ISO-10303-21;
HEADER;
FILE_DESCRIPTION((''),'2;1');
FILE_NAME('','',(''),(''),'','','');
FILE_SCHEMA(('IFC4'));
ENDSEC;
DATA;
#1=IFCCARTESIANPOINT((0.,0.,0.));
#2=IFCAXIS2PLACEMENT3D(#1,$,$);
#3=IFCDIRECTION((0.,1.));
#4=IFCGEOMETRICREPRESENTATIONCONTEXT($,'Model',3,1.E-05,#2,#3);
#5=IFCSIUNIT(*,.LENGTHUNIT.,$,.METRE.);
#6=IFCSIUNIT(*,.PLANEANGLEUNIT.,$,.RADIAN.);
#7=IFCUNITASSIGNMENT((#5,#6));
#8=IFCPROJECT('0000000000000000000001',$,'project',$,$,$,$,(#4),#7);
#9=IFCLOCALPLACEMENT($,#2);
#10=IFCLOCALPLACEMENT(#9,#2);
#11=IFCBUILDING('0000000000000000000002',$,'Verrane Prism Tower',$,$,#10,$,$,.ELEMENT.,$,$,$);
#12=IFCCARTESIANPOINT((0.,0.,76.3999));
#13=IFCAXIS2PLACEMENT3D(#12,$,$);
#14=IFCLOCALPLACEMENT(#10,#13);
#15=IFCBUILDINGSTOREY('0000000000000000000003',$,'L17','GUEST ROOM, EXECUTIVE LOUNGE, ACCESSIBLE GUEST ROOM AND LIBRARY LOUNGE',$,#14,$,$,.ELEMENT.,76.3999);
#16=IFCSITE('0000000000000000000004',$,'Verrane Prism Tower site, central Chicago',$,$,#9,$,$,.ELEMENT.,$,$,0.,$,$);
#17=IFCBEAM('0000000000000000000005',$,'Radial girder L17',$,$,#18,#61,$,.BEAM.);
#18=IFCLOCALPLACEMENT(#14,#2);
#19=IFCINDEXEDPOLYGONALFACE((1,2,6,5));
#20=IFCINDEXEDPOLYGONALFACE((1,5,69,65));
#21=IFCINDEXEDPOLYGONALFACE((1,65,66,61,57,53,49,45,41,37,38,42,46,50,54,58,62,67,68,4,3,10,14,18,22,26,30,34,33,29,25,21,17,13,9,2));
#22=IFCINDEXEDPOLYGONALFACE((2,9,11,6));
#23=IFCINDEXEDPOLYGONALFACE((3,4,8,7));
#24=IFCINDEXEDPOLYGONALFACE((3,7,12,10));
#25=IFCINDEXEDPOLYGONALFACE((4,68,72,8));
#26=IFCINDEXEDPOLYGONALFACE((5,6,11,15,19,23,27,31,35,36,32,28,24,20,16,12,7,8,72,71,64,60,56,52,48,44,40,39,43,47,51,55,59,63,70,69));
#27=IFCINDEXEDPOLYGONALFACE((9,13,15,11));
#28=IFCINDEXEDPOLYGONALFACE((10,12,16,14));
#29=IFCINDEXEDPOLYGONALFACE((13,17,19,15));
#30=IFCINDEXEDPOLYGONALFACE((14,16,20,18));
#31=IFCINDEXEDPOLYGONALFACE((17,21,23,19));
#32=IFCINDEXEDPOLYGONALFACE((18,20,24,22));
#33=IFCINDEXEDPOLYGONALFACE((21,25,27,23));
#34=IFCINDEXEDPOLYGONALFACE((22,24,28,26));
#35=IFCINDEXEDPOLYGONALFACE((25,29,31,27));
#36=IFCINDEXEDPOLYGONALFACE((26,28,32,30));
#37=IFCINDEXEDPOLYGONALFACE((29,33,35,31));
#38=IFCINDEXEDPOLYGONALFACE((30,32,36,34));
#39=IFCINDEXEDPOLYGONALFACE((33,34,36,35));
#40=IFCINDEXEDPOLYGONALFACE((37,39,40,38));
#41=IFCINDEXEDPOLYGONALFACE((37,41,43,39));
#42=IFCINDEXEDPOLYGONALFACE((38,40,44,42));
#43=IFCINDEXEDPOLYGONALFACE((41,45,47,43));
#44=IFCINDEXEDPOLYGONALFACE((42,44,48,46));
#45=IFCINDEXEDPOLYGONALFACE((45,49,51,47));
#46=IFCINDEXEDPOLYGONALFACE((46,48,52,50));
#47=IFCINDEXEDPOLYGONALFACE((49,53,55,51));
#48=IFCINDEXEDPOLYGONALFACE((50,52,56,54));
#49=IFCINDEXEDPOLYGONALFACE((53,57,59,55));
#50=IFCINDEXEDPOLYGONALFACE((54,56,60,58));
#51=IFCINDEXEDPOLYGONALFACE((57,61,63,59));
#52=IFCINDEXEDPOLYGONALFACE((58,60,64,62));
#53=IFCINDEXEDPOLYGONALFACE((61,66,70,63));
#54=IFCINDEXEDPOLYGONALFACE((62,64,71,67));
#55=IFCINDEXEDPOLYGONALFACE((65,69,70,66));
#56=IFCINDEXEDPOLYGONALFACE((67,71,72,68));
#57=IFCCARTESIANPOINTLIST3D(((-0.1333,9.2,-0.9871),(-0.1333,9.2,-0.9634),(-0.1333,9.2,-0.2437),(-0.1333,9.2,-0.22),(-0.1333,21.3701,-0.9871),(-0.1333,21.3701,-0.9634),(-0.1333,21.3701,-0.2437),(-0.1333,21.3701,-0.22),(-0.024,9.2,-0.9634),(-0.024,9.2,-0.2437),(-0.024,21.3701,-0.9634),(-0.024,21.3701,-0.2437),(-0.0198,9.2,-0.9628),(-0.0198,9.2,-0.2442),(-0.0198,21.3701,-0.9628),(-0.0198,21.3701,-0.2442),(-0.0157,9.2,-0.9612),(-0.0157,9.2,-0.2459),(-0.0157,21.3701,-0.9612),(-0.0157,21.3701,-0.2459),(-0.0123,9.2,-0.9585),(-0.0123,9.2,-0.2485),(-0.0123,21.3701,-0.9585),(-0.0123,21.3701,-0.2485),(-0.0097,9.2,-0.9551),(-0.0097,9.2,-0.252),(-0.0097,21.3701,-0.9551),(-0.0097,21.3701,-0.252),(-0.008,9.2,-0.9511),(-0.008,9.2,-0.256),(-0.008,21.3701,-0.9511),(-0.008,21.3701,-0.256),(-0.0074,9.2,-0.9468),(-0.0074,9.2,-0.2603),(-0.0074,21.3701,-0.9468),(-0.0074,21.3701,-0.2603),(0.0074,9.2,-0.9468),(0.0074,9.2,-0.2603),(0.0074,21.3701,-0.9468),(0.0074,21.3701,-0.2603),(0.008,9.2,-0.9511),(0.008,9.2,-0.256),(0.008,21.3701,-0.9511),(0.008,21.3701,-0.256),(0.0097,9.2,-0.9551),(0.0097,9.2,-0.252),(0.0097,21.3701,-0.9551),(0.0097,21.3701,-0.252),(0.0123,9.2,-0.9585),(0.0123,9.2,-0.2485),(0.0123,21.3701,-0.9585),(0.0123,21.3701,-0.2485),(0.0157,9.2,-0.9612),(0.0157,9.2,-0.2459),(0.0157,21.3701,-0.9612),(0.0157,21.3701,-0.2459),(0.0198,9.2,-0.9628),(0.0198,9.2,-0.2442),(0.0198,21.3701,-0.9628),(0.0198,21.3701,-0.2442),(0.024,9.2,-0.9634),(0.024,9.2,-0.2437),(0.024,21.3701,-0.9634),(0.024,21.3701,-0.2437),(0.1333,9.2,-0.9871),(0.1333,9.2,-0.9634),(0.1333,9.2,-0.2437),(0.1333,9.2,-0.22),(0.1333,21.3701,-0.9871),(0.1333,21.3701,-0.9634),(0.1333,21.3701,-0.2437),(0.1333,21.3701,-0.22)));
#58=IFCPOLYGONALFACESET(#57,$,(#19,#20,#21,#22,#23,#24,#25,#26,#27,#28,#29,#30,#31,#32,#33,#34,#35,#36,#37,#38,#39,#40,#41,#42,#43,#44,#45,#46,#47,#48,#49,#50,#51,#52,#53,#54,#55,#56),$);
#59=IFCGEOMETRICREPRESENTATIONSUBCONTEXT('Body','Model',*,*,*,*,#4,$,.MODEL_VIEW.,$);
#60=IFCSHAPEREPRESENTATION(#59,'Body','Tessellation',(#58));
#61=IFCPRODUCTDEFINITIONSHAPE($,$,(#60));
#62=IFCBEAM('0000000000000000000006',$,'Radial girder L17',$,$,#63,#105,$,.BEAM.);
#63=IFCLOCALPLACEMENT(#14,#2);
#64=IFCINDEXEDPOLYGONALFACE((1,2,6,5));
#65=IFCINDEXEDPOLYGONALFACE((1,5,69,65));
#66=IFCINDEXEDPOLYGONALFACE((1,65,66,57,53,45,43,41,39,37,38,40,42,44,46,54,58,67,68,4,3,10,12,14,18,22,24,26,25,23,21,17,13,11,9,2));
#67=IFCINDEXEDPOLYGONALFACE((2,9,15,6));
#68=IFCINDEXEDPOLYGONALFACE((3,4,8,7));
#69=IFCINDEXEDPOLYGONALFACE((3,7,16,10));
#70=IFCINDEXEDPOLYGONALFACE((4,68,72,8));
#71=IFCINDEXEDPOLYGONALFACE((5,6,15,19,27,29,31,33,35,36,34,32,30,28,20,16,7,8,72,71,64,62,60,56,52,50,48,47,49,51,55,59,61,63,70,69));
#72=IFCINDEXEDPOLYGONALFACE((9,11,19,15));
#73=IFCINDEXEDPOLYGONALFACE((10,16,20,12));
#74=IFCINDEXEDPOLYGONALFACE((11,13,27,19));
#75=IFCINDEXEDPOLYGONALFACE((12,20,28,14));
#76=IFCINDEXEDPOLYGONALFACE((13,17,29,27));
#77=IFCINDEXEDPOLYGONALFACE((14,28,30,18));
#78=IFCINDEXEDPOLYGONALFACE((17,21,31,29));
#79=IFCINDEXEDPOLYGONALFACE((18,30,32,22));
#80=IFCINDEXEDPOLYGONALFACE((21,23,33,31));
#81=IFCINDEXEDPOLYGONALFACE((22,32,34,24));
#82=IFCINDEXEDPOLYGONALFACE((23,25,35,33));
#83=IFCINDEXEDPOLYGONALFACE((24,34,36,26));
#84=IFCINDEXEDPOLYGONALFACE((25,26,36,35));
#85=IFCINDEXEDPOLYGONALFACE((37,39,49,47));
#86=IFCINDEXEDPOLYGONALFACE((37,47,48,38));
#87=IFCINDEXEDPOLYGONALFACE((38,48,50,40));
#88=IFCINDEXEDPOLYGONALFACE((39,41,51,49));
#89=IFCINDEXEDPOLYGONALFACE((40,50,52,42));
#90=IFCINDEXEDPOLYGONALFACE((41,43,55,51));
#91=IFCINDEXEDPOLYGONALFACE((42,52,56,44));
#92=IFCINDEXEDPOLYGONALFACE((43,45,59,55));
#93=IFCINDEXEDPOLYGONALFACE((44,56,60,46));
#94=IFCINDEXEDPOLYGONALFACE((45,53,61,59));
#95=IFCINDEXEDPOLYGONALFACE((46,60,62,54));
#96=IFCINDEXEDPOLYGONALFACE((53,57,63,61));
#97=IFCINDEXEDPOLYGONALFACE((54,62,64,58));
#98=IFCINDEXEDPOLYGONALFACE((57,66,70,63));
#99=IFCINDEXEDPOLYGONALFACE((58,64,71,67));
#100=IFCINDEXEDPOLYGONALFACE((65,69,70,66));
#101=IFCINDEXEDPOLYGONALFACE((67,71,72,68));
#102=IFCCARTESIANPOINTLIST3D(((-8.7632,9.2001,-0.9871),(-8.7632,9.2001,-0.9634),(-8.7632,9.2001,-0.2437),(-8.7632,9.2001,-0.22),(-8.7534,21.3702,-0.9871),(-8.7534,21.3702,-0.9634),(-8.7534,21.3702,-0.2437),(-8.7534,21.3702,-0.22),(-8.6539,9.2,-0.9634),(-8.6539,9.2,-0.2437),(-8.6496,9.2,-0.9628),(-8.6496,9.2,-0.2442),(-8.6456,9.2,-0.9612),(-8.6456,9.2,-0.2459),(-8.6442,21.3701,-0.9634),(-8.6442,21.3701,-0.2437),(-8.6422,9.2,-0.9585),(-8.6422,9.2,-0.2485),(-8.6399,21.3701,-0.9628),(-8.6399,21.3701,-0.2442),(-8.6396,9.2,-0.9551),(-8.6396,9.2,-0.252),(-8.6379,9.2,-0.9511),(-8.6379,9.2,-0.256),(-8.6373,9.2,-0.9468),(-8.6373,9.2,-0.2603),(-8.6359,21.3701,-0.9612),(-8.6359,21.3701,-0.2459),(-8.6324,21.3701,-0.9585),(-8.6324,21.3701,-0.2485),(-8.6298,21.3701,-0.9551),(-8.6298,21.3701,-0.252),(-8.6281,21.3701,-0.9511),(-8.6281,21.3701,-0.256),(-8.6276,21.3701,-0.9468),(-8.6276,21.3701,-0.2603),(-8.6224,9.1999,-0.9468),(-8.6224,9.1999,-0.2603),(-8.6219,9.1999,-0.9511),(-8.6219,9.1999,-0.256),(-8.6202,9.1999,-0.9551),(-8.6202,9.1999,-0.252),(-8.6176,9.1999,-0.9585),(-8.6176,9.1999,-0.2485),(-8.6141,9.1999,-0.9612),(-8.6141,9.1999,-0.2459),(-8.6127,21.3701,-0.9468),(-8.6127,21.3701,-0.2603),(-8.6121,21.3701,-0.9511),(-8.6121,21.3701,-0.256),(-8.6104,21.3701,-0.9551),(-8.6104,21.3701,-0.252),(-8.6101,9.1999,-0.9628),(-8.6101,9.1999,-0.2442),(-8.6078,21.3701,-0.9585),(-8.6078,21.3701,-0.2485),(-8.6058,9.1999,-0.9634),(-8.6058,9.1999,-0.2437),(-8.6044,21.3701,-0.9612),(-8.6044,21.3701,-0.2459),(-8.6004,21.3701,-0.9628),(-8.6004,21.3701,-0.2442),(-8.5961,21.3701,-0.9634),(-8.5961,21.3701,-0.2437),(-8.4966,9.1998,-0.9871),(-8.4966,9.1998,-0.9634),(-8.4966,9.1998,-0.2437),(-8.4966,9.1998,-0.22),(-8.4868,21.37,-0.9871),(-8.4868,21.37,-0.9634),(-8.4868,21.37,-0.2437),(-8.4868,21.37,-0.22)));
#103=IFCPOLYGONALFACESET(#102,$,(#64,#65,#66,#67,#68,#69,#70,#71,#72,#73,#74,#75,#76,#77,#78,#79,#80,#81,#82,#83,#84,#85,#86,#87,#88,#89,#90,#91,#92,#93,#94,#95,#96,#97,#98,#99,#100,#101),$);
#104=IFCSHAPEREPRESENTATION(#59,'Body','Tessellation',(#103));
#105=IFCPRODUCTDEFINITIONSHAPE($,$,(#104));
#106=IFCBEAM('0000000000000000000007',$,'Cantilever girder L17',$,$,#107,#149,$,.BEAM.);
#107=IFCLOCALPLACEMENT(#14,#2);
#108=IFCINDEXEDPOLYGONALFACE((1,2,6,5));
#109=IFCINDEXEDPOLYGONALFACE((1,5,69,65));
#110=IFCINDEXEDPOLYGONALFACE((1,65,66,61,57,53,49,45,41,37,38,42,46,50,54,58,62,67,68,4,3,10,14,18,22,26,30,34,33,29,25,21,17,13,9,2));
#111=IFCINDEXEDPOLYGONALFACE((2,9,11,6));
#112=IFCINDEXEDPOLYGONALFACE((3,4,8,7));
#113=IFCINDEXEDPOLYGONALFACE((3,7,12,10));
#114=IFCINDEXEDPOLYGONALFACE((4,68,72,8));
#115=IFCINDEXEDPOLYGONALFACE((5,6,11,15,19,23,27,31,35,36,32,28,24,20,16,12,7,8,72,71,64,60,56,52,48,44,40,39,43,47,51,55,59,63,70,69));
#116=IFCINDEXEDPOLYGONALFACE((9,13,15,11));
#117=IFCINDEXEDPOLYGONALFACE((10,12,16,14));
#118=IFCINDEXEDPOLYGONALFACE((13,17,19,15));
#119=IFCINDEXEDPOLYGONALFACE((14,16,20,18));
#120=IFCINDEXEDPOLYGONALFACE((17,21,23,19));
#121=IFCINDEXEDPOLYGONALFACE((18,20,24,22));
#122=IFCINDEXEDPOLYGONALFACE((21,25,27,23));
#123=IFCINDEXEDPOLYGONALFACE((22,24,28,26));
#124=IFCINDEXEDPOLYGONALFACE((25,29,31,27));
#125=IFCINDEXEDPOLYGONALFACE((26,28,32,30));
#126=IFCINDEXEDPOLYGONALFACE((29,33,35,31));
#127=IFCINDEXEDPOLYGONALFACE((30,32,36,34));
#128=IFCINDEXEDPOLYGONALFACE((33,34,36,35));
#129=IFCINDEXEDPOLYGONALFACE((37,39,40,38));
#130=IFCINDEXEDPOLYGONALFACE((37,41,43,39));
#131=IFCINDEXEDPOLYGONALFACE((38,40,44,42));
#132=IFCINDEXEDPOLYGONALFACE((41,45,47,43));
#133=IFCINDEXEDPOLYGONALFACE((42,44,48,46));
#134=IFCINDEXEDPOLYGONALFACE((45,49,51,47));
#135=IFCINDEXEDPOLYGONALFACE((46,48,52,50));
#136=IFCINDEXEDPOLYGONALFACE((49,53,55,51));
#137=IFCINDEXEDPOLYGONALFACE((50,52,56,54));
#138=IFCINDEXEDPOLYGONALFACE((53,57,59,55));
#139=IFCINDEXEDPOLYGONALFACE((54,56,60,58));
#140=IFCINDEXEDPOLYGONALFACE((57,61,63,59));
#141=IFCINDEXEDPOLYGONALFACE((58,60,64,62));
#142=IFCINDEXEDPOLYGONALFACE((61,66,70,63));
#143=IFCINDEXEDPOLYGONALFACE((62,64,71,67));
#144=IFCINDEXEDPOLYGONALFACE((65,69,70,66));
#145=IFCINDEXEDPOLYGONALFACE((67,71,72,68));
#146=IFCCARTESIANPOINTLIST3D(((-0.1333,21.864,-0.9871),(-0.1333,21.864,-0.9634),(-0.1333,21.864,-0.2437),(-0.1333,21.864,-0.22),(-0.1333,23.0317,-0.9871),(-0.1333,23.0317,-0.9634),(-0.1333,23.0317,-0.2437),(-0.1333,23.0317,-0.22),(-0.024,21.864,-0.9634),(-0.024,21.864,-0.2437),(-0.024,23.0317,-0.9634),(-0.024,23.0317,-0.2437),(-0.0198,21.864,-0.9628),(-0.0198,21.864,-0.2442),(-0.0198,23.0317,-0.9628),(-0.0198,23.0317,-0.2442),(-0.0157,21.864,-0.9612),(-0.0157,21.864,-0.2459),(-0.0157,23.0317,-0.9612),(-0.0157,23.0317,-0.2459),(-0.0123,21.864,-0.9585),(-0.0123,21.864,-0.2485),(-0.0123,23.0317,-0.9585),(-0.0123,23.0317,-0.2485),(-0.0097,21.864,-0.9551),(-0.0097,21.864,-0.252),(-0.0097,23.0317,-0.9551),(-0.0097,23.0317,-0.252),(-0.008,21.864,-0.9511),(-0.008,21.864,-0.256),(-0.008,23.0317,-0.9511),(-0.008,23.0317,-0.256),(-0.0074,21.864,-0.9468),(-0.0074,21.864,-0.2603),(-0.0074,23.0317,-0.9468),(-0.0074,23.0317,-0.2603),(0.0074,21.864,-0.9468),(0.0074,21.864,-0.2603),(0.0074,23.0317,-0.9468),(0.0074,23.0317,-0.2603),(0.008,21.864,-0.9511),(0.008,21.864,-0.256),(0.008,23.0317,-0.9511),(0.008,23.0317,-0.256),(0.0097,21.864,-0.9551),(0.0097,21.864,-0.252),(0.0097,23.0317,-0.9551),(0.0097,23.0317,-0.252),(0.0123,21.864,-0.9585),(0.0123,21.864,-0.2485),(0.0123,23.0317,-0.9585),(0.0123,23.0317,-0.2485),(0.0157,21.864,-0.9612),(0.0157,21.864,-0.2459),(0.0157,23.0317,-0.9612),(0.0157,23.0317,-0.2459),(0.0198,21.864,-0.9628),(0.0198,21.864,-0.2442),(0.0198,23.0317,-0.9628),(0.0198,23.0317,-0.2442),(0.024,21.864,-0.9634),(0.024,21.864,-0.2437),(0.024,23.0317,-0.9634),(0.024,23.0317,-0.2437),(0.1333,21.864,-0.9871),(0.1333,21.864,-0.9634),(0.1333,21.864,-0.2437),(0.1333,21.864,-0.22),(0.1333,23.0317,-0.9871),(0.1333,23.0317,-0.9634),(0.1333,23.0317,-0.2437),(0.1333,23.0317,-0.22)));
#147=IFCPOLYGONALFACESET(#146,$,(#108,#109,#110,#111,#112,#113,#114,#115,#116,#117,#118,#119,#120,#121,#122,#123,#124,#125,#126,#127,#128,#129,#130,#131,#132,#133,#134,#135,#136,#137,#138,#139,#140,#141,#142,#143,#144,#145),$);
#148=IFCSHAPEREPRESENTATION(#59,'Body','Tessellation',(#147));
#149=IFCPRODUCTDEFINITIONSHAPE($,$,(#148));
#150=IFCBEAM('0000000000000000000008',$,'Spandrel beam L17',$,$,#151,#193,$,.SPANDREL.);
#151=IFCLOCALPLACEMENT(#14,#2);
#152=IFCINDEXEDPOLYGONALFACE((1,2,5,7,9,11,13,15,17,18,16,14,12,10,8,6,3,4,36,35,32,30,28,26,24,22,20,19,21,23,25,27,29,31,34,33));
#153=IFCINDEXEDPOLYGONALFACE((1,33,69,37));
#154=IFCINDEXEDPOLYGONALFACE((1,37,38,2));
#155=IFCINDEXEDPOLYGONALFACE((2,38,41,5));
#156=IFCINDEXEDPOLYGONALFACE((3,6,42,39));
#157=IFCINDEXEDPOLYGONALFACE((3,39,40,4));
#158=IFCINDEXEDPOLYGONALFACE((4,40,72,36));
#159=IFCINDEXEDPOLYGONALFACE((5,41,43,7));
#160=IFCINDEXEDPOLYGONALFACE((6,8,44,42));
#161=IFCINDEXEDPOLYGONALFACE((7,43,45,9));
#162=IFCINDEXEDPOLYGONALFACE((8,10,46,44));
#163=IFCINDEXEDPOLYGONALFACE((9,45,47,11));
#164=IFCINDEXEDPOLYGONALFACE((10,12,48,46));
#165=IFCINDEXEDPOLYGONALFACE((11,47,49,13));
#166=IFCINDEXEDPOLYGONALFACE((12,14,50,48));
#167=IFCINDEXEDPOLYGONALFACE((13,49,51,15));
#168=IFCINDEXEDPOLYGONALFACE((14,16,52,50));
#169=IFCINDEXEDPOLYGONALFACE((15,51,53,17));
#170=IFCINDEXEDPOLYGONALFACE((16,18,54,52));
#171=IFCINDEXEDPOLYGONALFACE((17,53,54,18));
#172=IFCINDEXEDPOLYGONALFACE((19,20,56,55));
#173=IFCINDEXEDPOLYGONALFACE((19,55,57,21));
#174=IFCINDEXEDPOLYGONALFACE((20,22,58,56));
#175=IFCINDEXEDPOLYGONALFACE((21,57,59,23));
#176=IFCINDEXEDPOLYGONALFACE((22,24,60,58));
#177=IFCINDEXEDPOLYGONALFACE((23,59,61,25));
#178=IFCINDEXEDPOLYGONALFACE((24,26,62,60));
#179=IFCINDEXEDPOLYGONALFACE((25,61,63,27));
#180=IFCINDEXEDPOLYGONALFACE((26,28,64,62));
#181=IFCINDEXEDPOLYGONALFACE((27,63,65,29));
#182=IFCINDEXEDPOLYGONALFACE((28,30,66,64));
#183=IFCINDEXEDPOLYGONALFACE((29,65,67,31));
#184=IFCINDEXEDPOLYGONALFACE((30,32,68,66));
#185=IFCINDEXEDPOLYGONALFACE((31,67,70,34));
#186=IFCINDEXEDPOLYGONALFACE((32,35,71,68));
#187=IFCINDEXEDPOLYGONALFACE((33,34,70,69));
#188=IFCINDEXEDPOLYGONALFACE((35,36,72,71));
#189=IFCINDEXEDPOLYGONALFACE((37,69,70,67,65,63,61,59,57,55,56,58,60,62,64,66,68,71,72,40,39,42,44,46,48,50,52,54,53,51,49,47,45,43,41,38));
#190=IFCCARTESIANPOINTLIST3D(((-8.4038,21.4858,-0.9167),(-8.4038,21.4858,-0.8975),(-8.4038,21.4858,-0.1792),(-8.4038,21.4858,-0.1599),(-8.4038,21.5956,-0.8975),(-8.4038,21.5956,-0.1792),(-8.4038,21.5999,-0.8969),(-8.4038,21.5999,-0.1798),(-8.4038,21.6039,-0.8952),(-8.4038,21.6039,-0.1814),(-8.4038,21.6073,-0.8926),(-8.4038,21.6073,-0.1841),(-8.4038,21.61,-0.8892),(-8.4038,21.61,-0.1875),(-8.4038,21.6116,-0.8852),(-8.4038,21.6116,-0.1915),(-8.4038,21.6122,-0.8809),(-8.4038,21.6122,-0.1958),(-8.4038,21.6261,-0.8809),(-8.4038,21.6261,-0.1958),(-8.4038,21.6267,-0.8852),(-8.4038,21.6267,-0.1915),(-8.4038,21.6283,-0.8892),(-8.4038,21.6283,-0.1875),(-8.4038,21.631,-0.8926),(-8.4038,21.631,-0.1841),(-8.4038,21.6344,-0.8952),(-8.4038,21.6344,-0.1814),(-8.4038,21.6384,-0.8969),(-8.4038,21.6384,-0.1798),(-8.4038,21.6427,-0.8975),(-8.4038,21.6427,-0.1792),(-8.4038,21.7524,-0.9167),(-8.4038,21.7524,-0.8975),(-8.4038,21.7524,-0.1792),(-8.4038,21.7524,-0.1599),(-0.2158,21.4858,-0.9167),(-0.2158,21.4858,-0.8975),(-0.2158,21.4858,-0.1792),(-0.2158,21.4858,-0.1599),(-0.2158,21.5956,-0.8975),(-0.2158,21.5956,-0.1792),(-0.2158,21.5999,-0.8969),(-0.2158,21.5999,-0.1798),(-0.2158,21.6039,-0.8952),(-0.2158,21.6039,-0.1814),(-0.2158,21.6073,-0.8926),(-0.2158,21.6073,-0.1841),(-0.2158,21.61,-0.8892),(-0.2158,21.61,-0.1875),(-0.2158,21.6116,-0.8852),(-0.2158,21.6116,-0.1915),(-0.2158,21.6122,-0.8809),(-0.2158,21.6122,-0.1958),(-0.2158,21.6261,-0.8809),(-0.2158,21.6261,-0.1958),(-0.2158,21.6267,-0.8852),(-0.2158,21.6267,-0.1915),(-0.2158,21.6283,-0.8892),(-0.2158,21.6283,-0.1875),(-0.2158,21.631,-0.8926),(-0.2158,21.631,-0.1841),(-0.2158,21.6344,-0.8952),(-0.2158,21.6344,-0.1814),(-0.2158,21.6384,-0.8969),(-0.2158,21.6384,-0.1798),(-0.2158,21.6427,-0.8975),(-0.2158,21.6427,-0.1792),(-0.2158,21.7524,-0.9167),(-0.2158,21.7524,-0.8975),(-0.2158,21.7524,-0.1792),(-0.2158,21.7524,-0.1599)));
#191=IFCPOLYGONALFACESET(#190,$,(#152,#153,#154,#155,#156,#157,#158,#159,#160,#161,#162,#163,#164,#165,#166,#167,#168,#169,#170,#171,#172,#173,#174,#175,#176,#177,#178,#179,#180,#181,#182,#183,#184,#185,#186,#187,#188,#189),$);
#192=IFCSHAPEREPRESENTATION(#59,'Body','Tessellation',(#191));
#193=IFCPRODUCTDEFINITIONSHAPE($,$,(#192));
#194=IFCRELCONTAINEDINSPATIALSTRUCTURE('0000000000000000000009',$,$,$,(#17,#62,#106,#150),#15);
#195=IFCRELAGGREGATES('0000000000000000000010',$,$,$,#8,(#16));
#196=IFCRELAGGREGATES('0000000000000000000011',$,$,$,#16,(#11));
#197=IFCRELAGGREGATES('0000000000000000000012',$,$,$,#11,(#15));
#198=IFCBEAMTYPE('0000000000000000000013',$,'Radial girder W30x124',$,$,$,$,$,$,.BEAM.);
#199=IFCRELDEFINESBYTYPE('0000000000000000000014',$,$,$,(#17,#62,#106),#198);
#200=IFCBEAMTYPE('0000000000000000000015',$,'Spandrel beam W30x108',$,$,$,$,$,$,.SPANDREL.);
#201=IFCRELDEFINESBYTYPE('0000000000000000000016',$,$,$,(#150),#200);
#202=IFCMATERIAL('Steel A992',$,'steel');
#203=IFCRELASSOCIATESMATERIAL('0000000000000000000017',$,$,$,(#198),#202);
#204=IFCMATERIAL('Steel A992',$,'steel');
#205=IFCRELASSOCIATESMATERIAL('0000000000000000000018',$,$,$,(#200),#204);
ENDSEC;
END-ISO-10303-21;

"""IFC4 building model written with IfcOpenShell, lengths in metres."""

from ifc_helpers import new_model, si_unit, direction, frame, origin, origin_2d, place, context, subcontext, project, spatial, i_section, extrude, material, material_profile, profile_set, type_object, element, save


model = new_model("IFC4")

# Units and contexts
model_context = context("Model", 3, precision=1e-05, world=origin(), true_north=direction((0.0, 1.0)))
body_context = subcontext(model_context, "Body", "Model", "MODEL_VIEW")
ifc_project = project(units=[si_unit("LENGTHUNIT", "METRE"), si_unit("PLANEANGLEUNIT", "RADIAN")], contexts=[model_context])

# Site, building, storey
site_placement = place(None, origin())
site = spatial("IfcSite", under=ifc_project, at=site_placement, Name="Verrane Prism Tower site, central Chicago", CompositionType="ELEMENT", RefElevation=0.0)
building_placement = place(site_placement, origin())
building = spatial("IfcBuilding", under=site, at=building_placement, Name="Verrane Prism Tower", CompositionType="ELEMENT")
storey_placement = place(building_placement, frame((0.0, 0.0, 76.3999)))
storey = spatial("IfcBuildingStorey", under=building, at=storey_placement, Name="L17", Description="GUEST ROOM, EXECUTIVE LOUNGE, ACCESSIBLE GUEST ROOM AND LIBRARY LOUNGE", CompositionType="ELEMENT", Elevation=76.3999)

# Beams
ifc_material_1 = material(Name="Steel A992", Category="steel")
ifc_material_profile_1 = material_profile(ifc_material_1, i_section(OverallWidth=0.2666, OverallDepth=0.7671, WebThickness=0.0149, FlangeThickness=0.0237, FilletRadius=0.0166, at=origin_2d()), Name="W30x124")
ifc_profile_set_1 = profile_set([ifc_material_profile_1], Name="Steel A992")
beam_type_1 = type_object("IfcBeamType", Name="Radial girder W30x124", PredefinedType="BEAM", material=ifc_profile_set_1)
for number, where, z_axis, x_axis, name in (
    (1, (0.0, 21.3701, -0.6035), (0.0, -1.0, 0.0), (1.0, 0.0, 0.0), "Radial girder L17"),
    (2, (-8.6201, 21.3701, -0.6035), (-0.000802, -1.0, 0.0), (1.0, -0.000802, 0.0), "Radial girder L17"),
):
    element("IfcBeam", number, at=place(storey_placement, frame(where, z_axis=z_axis, x_axis=x_axis)), inside=storey, type_object=beam_type_1, Name=name, PredefinedType="BEAM", context=body_context, shape_type="SweptSolid", body=[
        extrude(i_section(OverallWidth=0.2666, OverallDepth=0.7671, WebThickness=0.0149, FlangeThickness=0.0237, FilletRadius=0.0166, at=origin_2d()), origin(), (0.0, 0.0, 1.0), 12.1702),
    ])
beam_1_placement = place(storey_placement, frame((0.0, 21.864, -0.6035), z_axis=(0.0, 1.0, 0.0), x_axis=(-1.0, 0.0, 0.0)))
element("IfcBeam", 3, at=beam_1_placement, inside=storey, type_object=beam_type_1, Name="Cantilever girder L17", PredefinedType="BEAM", context=body_context, shape_type="SweptSolid", body=[
    extrude(i_section(OverallWidth=0.2666, OverallDepth=0.7671, WebThickness=0.0149, FlangeThickness=0.0237, FilletRadius=0.0166, at=origin_2d()), origin(), (0.0, 0.0, 1.0), 1.1677),
])
ifc_material_2 = material(Name="Steel A992", Category="steel")
ifc_material_profile_2 = material_profile(ifc_material_2, i_section(OverallWidth=0.2666, OverallDepth=0.7568, WebThickness=0.0139, FlangeThickness=0.0193, FilletRadius=0.0166, at=origin_2d()), Name="W30x108")
ifc_profile_set_2 = profile_set([ifc_material_profile_2], Name="Steel A992")
beam_type_2 = type_object("IfcBeamType", Name="Spandrel beam W30x108", PredefinedType="SPANDREL", material=ifc_profile_set_2)
beam_2_placement = place(storey_placement, frame((-0.2158, 21.6191, -0.5383), z_axis=(-1.0, 0.0, 0.0), x_axis=(0.0, -1.0, 0.0)))
element("IfcBeam", 4, at=beam_2_placement, inside=storey, type_object=beam_type_2, Name="Spandrel beam L17", PredefinedType="SPANDREL", context=body_context, shape_type="SweptSolid", body=[
    extrude(i_section(OverallWidth=0.2666, OverallDepth=0.7568, WebThickness=0.0139, FlangeThickness=0.0193, FilletRadius=0.0166, at=origin_2d()), origin(), (0.0, 0.0, 1.0), 8.188),
])

save(model, "model.ifc")
